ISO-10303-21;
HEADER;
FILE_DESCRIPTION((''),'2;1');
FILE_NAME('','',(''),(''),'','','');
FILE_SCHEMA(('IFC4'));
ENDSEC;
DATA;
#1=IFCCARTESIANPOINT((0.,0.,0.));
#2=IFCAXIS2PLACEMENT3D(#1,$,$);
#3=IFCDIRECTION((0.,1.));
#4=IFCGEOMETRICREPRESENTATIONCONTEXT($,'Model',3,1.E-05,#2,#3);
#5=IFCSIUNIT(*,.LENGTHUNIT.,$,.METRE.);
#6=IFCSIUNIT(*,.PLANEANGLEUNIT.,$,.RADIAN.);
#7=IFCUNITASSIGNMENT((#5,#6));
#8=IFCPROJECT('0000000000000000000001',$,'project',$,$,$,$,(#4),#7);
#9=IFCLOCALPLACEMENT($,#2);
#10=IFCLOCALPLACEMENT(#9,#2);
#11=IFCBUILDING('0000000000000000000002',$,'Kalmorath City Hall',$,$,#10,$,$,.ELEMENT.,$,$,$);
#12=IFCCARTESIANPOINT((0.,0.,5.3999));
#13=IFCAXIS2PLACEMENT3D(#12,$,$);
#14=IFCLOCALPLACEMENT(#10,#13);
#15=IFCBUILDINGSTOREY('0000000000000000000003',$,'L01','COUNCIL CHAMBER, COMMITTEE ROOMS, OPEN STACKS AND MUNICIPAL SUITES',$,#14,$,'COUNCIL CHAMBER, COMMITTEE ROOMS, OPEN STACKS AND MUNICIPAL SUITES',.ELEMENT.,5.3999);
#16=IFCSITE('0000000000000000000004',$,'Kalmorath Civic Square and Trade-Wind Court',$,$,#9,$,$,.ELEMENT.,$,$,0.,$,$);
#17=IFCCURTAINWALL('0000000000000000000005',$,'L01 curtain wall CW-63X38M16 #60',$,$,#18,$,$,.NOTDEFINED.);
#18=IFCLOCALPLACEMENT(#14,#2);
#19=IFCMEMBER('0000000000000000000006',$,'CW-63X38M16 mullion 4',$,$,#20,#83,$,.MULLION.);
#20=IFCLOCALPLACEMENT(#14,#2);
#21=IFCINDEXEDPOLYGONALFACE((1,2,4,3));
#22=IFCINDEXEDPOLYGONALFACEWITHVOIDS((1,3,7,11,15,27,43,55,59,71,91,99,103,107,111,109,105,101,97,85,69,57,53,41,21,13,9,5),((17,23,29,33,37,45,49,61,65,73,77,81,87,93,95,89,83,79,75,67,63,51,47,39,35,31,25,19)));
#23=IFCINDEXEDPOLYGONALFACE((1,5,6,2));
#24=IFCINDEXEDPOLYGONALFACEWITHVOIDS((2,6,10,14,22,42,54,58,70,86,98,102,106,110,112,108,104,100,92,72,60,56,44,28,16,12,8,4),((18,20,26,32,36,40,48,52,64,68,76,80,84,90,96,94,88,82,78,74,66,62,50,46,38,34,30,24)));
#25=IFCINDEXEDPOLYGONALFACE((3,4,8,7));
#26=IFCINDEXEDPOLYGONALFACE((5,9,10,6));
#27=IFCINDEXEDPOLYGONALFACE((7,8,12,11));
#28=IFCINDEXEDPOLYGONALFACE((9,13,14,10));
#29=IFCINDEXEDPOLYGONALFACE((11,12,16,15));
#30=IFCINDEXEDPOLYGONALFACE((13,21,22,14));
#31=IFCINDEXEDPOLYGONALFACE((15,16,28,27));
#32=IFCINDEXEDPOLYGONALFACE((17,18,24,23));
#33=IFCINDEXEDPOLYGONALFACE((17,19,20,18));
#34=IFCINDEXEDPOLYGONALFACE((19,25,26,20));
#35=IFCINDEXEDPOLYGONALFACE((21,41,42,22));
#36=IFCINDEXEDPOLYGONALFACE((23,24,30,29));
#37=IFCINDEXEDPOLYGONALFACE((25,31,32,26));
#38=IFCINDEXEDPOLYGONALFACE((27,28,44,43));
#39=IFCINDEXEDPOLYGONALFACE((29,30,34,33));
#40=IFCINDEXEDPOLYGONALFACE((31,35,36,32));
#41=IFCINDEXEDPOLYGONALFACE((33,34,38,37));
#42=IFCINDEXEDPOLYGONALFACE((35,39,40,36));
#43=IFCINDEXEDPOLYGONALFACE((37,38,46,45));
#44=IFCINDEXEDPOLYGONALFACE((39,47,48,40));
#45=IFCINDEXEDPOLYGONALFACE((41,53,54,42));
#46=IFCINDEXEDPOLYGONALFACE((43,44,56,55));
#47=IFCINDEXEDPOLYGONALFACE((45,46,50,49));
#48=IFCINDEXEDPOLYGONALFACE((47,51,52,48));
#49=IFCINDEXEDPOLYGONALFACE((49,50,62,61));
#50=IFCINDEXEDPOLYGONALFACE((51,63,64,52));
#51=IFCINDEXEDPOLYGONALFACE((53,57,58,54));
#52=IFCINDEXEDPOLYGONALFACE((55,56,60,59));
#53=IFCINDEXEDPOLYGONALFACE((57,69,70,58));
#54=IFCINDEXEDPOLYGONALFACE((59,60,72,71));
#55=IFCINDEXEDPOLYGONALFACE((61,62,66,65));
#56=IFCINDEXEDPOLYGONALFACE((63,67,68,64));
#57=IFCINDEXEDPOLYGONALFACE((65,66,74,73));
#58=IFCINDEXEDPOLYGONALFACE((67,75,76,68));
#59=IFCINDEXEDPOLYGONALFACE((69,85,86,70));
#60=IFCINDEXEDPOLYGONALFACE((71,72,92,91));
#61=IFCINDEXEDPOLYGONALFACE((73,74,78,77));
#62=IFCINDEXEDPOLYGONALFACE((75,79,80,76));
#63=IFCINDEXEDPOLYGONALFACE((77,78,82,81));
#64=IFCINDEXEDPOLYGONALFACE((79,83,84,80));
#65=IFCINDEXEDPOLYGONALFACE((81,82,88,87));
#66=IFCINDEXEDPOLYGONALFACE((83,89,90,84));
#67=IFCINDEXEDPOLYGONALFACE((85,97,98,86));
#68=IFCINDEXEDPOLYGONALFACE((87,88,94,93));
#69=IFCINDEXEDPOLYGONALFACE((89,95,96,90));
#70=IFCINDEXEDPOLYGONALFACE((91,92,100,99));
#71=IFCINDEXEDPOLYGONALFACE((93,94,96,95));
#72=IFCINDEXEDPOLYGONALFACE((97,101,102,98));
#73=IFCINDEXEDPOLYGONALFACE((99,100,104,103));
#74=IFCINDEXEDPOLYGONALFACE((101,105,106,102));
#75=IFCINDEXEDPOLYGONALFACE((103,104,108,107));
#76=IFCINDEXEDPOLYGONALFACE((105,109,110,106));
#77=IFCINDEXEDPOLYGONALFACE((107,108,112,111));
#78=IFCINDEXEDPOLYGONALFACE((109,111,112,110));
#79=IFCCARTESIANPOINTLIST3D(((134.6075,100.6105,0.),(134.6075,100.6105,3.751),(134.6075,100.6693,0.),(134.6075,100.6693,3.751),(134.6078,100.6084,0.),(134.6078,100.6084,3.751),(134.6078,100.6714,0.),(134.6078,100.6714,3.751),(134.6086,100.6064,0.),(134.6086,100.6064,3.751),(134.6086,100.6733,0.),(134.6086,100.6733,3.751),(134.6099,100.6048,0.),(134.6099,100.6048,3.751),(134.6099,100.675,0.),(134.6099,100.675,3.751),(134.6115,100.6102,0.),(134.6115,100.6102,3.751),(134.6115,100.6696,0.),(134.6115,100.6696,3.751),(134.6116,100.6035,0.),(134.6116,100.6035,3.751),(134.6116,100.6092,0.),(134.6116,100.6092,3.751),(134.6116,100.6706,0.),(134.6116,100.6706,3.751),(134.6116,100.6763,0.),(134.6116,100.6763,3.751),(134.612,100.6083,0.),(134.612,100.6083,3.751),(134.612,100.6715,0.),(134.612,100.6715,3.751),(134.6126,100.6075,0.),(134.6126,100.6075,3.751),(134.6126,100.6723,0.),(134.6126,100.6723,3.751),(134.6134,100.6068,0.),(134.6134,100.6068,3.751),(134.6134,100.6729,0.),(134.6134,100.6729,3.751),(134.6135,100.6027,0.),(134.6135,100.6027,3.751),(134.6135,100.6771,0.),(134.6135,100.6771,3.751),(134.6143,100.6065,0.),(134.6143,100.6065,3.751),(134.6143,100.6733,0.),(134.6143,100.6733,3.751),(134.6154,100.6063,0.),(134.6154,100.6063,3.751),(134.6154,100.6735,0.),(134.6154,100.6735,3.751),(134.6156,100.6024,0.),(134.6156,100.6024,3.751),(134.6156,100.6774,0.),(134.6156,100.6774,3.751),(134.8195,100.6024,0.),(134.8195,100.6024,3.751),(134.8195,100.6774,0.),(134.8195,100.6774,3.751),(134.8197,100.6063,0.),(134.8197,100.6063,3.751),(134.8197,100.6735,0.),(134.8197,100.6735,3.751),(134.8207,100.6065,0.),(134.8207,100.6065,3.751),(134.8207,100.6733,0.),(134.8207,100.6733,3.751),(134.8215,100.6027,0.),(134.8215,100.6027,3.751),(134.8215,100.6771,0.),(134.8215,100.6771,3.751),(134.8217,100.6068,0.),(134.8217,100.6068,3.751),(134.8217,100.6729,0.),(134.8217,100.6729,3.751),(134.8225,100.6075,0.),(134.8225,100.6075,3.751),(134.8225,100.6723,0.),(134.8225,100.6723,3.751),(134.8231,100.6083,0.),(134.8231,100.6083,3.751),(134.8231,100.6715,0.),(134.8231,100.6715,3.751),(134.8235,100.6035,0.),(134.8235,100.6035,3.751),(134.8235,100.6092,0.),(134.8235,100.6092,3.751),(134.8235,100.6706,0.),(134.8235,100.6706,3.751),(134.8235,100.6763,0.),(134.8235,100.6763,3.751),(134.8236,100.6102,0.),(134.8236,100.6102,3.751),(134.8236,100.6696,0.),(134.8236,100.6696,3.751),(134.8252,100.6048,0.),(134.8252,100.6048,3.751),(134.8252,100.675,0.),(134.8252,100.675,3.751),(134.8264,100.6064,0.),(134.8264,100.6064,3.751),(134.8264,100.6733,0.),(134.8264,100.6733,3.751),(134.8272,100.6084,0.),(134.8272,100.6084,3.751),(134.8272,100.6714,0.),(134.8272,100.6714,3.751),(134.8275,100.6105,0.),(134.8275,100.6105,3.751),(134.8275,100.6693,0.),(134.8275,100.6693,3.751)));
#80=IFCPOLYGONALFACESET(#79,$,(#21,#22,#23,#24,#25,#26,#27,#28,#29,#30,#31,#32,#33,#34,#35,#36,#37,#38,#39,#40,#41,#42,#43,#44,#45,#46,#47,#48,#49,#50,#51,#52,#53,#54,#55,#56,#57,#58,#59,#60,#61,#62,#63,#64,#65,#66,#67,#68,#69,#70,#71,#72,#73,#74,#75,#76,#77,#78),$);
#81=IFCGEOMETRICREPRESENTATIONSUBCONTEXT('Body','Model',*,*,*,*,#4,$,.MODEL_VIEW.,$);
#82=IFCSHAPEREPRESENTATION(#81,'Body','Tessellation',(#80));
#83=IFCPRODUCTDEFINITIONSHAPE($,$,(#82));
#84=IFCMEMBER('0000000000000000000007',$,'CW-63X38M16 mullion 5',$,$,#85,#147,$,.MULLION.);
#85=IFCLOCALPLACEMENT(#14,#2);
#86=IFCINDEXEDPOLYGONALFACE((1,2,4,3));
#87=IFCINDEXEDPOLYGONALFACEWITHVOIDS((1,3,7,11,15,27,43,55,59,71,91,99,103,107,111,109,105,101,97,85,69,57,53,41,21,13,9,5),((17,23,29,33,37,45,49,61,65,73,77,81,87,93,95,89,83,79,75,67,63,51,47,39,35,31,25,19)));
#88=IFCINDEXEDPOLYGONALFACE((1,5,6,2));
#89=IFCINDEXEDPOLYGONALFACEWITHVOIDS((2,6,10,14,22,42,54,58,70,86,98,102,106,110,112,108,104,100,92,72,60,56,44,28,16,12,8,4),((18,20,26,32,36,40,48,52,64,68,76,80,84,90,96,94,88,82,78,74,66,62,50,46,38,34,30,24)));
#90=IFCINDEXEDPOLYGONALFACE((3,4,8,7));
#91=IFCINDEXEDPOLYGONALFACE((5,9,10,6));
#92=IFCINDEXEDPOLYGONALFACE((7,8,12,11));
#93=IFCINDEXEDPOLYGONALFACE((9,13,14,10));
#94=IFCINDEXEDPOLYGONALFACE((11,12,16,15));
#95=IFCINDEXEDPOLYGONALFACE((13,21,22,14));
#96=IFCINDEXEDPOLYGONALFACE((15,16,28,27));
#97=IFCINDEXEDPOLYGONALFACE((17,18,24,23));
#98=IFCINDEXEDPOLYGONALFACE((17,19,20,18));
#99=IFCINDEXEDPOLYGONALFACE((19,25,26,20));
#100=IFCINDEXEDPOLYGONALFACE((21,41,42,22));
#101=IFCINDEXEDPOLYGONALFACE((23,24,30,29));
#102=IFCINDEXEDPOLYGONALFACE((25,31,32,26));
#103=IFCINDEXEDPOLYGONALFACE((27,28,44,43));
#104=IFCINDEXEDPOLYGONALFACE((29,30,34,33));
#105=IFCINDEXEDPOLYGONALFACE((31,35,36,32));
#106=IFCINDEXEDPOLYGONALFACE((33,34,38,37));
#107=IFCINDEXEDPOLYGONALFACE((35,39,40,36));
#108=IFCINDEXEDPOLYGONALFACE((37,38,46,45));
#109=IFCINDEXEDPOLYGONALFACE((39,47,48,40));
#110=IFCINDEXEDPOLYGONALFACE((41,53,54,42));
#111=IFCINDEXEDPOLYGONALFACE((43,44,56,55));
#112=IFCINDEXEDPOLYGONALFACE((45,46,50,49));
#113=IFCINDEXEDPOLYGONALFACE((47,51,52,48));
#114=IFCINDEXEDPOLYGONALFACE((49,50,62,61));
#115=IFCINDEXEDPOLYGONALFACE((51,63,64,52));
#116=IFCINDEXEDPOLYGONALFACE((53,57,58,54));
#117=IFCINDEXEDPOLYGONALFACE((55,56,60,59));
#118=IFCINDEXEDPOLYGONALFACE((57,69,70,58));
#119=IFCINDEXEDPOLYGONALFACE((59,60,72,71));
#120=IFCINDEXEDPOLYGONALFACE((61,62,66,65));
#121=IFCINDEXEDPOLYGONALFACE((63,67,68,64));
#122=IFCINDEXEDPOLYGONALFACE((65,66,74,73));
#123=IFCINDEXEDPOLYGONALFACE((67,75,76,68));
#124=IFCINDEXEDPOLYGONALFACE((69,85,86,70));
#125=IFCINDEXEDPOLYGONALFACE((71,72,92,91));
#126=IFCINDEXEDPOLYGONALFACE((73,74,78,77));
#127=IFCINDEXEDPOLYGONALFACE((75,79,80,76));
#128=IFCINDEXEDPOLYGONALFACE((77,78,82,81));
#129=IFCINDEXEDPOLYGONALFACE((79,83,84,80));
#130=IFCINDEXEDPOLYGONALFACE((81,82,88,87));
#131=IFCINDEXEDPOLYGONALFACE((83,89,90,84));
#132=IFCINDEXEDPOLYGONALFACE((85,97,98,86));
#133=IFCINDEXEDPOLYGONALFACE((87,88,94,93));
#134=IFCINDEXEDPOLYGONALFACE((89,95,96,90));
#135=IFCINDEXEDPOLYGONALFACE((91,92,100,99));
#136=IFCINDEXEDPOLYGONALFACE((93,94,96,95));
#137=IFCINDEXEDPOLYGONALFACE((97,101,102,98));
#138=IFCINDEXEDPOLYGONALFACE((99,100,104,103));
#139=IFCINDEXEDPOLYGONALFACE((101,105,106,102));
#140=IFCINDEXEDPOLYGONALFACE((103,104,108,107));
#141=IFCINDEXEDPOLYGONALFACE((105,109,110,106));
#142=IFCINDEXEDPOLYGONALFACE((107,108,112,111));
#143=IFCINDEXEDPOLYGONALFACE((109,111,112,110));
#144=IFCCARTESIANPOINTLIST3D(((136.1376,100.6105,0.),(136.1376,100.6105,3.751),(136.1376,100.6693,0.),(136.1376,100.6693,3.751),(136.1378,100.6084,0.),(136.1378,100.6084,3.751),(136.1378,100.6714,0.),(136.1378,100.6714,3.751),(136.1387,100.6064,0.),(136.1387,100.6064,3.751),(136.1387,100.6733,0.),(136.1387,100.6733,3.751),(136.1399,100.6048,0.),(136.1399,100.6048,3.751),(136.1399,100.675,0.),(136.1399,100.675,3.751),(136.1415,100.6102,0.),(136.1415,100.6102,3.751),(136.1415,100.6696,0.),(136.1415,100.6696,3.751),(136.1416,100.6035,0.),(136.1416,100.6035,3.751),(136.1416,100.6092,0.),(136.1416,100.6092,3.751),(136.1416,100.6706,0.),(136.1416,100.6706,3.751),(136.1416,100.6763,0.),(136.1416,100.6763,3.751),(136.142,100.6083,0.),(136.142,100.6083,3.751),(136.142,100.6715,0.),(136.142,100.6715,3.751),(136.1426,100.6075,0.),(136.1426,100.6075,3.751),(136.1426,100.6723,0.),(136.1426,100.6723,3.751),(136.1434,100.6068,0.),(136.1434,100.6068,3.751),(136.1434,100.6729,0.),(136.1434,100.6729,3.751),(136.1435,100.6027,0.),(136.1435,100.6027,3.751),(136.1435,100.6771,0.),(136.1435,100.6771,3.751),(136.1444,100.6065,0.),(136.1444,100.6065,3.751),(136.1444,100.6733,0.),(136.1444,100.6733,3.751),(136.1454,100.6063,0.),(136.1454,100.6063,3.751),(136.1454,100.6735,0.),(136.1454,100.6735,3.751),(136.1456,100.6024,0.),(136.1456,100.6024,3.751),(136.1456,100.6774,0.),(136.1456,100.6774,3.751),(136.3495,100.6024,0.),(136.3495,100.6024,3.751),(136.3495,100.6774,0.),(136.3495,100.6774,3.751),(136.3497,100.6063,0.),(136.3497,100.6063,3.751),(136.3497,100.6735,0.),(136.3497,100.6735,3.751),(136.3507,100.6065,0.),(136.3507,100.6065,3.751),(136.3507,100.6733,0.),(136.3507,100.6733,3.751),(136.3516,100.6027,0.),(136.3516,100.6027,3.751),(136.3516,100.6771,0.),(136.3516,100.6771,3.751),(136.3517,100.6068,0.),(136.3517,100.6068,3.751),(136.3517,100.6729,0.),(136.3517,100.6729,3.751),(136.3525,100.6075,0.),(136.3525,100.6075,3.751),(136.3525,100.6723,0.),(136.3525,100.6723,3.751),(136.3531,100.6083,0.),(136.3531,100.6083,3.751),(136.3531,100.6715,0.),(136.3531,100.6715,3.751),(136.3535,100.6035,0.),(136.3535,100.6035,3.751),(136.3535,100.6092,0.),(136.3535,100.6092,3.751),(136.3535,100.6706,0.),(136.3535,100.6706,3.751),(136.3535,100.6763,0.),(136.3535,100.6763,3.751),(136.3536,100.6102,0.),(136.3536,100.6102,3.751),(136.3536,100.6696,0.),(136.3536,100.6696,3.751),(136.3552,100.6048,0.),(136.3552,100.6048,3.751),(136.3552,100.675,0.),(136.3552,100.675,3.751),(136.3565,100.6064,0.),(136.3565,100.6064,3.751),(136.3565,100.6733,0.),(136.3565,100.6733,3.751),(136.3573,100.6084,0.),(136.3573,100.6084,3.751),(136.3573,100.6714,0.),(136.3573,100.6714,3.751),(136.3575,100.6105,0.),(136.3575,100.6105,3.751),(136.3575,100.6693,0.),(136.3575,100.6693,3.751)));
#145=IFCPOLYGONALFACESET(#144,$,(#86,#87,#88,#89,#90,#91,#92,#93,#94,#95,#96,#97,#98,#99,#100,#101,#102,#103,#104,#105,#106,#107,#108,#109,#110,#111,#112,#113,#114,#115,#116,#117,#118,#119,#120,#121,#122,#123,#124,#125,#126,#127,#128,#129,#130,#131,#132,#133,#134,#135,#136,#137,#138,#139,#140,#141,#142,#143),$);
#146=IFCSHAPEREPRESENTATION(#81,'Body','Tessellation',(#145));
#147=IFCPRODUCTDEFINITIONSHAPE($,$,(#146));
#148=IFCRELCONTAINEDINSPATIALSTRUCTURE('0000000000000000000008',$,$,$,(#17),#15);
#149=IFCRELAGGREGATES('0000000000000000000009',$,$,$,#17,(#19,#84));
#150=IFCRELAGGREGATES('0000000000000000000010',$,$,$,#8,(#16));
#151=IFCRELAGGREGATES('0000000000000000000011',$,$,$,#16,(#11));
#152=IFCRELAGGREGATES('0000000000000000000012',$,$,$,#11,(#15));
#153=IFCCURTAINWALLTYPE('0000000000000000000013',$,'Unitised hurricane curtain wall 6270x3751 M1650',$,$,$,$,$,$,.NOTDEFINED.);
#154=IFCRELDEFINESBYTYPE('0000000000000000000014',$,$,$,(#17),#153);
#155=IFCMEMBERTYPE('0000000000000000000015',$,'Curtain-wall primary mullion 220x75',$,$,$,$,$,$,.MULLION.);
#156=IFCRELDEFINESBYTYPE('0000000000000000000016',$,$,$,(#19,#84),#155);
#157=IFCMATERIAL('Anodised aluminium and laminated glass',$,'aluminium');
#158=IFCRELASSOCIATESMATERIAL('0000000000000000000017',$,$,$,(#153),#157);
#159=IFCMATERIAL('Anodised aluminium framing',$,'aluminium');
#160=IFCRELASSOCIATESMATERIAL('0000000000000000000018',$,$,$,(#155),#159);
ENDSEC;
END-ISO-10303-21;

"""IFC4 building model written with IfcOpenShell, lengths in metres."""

from ifc_helpers import new_model, si_unit, direction, frame, origin, origin_2d, place, context, subcontext, project, spatial, hollow_rectangle, extrude, material, material_profile, profile_set, type_object, element, aggregate, save


model = new_model("IFC4")

# Units and contexts
model_context = context("Model", 3, precision=1e-05, world=origin(), true_north=direction((0.0, 1.0)))
body_context = subcontext(model_context, "Body", "Model", "MODEL_VIEW")
ifc_project = project(units=[si_unit("LENGTHUNIT", "METRE"), si_unit("PLANEANGLEUNIT", "RADIAN")], contexts=[model_context])

# Site, building, storey
site_placement = place(None, origin())
site = spatial("IfcSite", under=ifc_project, at=site_placement, Name="Kalmorath Civic Square and Trade-Wind Court", CompositionType="ELEMENT", RefElevation=0.0)
building_placement = place(site_placement, origin())
building = spatial("IfcBuilding", under=site, at=building_placement, Name="Kalmorath City Hall", CompositionType="ELEMENT")
storey_placement = place(building_placement, frame((0.0, 0.0, 5.3999)))
storey = spatial("IfcBuildingStorey", under=building, at=storey_placement, Name="L01", Description="COUNCIL CHAMBER, COMMITTEE ROOMS, OPEN STACKS AND MUNICIPAL SUITES", LongName="COUNCIL CHAMBER, COMMITTEE ROOMS, OPEN STACKS AND MUNICIPAL SUITES", CompositionType="ELEMENT", Elevation=5.3999)

# Curtain wall, members
ifc_material_1 = material(Name="Anodised aluminium and laminated glass", Category="aluminium")
curtain_wall_type_1 = type_object("IfcCurtainWallType", Name="Unitised hurricane curtain wall 6270x3751 M1650", PredefinedType="NOTDEFINED", material=ifc_material_1)
curtain_wall_1_placement = place(storey_placement, origin())
curtain_wall_1 = element("IfcCurtainWall", 1, at=curtain_wall_1_placement, inside=storey, type_object=curtain_wall_type_1, Name="L01 curtain wall CW-63X38M16 #60", PredefinedType="NOTDEFINED")
ifc_material_2 = material(Name="Anodised aluminium framing", Category="aluminium")
ifc_material_profile_1 = material_profile(ifc_material_2, hollow_rectangle(XDim=0.075, YDim=0.22, WallThickness=0.0039, InnerFilletRadius=0.0039, OuterFilletRadius=0.0081, at=origin_2d()), Name="ALU-MUL-220X75X4")
ifc_profile_set_1 = profile_set([ifc_material_profile_1], Name="Anodised aluminium framing")
member_type_1 = type_object("IfcMemberType", Name="Curtain-wall primary mullion 220x75", PredefinedType="MULLION", material=ifc_profile_set_1)
member_1_placement = place(storey_placement, frame((134.7175, 100.6399, 0.0), z_axis=(0.0, 0.0, 1.0), x_axis=(0.0, 1.0, 0.0)))
member_1 = element("IfcMember", 2, at=member_1_placement, type_object=member_type_1, Name="CW-63X38M16 mullion 4", PredefinedType="MULLION", context=body_context, shape_type="SweptSolid", body=[
    extrude(hollow_rectangle(XDim=0.075, YDim=0.22, WallThickness=0.0039, InnerFilletRadius=0.0039, OuterFilletRadius=0.0081, at=origin_2d()), origin(), (0.0, 0.0, 1.0), 3.751),
])
member_2_placement = place(storey_placement, frame((136.2476, 100.6399, 0.0), z_axis=(0.0, 0.0, 1.0), x_axis=(0.0, 1.0, 0.0)))
member_2 = element("IfcMember", 3, at=member_2_placement, type_object=member_type_1, Name="CW-63X38M16 mullion 5", PredefinedType="MULLION", context=body_context, shape_type="SweptSolid", body=[
    extrude(hollow_rectangle(XDim=0.075, YDim=0.22, WallThickness=0.0039, InnerFilletRadius=0.0039, OuterFilletRadius=0.0081, at=origin_2d()), origin(), (0.0, 0.0, 1.0), 3.751),
])

aggregate(curtain_wall_1, [member_1, member_2])

save(model, "model.ifc")
